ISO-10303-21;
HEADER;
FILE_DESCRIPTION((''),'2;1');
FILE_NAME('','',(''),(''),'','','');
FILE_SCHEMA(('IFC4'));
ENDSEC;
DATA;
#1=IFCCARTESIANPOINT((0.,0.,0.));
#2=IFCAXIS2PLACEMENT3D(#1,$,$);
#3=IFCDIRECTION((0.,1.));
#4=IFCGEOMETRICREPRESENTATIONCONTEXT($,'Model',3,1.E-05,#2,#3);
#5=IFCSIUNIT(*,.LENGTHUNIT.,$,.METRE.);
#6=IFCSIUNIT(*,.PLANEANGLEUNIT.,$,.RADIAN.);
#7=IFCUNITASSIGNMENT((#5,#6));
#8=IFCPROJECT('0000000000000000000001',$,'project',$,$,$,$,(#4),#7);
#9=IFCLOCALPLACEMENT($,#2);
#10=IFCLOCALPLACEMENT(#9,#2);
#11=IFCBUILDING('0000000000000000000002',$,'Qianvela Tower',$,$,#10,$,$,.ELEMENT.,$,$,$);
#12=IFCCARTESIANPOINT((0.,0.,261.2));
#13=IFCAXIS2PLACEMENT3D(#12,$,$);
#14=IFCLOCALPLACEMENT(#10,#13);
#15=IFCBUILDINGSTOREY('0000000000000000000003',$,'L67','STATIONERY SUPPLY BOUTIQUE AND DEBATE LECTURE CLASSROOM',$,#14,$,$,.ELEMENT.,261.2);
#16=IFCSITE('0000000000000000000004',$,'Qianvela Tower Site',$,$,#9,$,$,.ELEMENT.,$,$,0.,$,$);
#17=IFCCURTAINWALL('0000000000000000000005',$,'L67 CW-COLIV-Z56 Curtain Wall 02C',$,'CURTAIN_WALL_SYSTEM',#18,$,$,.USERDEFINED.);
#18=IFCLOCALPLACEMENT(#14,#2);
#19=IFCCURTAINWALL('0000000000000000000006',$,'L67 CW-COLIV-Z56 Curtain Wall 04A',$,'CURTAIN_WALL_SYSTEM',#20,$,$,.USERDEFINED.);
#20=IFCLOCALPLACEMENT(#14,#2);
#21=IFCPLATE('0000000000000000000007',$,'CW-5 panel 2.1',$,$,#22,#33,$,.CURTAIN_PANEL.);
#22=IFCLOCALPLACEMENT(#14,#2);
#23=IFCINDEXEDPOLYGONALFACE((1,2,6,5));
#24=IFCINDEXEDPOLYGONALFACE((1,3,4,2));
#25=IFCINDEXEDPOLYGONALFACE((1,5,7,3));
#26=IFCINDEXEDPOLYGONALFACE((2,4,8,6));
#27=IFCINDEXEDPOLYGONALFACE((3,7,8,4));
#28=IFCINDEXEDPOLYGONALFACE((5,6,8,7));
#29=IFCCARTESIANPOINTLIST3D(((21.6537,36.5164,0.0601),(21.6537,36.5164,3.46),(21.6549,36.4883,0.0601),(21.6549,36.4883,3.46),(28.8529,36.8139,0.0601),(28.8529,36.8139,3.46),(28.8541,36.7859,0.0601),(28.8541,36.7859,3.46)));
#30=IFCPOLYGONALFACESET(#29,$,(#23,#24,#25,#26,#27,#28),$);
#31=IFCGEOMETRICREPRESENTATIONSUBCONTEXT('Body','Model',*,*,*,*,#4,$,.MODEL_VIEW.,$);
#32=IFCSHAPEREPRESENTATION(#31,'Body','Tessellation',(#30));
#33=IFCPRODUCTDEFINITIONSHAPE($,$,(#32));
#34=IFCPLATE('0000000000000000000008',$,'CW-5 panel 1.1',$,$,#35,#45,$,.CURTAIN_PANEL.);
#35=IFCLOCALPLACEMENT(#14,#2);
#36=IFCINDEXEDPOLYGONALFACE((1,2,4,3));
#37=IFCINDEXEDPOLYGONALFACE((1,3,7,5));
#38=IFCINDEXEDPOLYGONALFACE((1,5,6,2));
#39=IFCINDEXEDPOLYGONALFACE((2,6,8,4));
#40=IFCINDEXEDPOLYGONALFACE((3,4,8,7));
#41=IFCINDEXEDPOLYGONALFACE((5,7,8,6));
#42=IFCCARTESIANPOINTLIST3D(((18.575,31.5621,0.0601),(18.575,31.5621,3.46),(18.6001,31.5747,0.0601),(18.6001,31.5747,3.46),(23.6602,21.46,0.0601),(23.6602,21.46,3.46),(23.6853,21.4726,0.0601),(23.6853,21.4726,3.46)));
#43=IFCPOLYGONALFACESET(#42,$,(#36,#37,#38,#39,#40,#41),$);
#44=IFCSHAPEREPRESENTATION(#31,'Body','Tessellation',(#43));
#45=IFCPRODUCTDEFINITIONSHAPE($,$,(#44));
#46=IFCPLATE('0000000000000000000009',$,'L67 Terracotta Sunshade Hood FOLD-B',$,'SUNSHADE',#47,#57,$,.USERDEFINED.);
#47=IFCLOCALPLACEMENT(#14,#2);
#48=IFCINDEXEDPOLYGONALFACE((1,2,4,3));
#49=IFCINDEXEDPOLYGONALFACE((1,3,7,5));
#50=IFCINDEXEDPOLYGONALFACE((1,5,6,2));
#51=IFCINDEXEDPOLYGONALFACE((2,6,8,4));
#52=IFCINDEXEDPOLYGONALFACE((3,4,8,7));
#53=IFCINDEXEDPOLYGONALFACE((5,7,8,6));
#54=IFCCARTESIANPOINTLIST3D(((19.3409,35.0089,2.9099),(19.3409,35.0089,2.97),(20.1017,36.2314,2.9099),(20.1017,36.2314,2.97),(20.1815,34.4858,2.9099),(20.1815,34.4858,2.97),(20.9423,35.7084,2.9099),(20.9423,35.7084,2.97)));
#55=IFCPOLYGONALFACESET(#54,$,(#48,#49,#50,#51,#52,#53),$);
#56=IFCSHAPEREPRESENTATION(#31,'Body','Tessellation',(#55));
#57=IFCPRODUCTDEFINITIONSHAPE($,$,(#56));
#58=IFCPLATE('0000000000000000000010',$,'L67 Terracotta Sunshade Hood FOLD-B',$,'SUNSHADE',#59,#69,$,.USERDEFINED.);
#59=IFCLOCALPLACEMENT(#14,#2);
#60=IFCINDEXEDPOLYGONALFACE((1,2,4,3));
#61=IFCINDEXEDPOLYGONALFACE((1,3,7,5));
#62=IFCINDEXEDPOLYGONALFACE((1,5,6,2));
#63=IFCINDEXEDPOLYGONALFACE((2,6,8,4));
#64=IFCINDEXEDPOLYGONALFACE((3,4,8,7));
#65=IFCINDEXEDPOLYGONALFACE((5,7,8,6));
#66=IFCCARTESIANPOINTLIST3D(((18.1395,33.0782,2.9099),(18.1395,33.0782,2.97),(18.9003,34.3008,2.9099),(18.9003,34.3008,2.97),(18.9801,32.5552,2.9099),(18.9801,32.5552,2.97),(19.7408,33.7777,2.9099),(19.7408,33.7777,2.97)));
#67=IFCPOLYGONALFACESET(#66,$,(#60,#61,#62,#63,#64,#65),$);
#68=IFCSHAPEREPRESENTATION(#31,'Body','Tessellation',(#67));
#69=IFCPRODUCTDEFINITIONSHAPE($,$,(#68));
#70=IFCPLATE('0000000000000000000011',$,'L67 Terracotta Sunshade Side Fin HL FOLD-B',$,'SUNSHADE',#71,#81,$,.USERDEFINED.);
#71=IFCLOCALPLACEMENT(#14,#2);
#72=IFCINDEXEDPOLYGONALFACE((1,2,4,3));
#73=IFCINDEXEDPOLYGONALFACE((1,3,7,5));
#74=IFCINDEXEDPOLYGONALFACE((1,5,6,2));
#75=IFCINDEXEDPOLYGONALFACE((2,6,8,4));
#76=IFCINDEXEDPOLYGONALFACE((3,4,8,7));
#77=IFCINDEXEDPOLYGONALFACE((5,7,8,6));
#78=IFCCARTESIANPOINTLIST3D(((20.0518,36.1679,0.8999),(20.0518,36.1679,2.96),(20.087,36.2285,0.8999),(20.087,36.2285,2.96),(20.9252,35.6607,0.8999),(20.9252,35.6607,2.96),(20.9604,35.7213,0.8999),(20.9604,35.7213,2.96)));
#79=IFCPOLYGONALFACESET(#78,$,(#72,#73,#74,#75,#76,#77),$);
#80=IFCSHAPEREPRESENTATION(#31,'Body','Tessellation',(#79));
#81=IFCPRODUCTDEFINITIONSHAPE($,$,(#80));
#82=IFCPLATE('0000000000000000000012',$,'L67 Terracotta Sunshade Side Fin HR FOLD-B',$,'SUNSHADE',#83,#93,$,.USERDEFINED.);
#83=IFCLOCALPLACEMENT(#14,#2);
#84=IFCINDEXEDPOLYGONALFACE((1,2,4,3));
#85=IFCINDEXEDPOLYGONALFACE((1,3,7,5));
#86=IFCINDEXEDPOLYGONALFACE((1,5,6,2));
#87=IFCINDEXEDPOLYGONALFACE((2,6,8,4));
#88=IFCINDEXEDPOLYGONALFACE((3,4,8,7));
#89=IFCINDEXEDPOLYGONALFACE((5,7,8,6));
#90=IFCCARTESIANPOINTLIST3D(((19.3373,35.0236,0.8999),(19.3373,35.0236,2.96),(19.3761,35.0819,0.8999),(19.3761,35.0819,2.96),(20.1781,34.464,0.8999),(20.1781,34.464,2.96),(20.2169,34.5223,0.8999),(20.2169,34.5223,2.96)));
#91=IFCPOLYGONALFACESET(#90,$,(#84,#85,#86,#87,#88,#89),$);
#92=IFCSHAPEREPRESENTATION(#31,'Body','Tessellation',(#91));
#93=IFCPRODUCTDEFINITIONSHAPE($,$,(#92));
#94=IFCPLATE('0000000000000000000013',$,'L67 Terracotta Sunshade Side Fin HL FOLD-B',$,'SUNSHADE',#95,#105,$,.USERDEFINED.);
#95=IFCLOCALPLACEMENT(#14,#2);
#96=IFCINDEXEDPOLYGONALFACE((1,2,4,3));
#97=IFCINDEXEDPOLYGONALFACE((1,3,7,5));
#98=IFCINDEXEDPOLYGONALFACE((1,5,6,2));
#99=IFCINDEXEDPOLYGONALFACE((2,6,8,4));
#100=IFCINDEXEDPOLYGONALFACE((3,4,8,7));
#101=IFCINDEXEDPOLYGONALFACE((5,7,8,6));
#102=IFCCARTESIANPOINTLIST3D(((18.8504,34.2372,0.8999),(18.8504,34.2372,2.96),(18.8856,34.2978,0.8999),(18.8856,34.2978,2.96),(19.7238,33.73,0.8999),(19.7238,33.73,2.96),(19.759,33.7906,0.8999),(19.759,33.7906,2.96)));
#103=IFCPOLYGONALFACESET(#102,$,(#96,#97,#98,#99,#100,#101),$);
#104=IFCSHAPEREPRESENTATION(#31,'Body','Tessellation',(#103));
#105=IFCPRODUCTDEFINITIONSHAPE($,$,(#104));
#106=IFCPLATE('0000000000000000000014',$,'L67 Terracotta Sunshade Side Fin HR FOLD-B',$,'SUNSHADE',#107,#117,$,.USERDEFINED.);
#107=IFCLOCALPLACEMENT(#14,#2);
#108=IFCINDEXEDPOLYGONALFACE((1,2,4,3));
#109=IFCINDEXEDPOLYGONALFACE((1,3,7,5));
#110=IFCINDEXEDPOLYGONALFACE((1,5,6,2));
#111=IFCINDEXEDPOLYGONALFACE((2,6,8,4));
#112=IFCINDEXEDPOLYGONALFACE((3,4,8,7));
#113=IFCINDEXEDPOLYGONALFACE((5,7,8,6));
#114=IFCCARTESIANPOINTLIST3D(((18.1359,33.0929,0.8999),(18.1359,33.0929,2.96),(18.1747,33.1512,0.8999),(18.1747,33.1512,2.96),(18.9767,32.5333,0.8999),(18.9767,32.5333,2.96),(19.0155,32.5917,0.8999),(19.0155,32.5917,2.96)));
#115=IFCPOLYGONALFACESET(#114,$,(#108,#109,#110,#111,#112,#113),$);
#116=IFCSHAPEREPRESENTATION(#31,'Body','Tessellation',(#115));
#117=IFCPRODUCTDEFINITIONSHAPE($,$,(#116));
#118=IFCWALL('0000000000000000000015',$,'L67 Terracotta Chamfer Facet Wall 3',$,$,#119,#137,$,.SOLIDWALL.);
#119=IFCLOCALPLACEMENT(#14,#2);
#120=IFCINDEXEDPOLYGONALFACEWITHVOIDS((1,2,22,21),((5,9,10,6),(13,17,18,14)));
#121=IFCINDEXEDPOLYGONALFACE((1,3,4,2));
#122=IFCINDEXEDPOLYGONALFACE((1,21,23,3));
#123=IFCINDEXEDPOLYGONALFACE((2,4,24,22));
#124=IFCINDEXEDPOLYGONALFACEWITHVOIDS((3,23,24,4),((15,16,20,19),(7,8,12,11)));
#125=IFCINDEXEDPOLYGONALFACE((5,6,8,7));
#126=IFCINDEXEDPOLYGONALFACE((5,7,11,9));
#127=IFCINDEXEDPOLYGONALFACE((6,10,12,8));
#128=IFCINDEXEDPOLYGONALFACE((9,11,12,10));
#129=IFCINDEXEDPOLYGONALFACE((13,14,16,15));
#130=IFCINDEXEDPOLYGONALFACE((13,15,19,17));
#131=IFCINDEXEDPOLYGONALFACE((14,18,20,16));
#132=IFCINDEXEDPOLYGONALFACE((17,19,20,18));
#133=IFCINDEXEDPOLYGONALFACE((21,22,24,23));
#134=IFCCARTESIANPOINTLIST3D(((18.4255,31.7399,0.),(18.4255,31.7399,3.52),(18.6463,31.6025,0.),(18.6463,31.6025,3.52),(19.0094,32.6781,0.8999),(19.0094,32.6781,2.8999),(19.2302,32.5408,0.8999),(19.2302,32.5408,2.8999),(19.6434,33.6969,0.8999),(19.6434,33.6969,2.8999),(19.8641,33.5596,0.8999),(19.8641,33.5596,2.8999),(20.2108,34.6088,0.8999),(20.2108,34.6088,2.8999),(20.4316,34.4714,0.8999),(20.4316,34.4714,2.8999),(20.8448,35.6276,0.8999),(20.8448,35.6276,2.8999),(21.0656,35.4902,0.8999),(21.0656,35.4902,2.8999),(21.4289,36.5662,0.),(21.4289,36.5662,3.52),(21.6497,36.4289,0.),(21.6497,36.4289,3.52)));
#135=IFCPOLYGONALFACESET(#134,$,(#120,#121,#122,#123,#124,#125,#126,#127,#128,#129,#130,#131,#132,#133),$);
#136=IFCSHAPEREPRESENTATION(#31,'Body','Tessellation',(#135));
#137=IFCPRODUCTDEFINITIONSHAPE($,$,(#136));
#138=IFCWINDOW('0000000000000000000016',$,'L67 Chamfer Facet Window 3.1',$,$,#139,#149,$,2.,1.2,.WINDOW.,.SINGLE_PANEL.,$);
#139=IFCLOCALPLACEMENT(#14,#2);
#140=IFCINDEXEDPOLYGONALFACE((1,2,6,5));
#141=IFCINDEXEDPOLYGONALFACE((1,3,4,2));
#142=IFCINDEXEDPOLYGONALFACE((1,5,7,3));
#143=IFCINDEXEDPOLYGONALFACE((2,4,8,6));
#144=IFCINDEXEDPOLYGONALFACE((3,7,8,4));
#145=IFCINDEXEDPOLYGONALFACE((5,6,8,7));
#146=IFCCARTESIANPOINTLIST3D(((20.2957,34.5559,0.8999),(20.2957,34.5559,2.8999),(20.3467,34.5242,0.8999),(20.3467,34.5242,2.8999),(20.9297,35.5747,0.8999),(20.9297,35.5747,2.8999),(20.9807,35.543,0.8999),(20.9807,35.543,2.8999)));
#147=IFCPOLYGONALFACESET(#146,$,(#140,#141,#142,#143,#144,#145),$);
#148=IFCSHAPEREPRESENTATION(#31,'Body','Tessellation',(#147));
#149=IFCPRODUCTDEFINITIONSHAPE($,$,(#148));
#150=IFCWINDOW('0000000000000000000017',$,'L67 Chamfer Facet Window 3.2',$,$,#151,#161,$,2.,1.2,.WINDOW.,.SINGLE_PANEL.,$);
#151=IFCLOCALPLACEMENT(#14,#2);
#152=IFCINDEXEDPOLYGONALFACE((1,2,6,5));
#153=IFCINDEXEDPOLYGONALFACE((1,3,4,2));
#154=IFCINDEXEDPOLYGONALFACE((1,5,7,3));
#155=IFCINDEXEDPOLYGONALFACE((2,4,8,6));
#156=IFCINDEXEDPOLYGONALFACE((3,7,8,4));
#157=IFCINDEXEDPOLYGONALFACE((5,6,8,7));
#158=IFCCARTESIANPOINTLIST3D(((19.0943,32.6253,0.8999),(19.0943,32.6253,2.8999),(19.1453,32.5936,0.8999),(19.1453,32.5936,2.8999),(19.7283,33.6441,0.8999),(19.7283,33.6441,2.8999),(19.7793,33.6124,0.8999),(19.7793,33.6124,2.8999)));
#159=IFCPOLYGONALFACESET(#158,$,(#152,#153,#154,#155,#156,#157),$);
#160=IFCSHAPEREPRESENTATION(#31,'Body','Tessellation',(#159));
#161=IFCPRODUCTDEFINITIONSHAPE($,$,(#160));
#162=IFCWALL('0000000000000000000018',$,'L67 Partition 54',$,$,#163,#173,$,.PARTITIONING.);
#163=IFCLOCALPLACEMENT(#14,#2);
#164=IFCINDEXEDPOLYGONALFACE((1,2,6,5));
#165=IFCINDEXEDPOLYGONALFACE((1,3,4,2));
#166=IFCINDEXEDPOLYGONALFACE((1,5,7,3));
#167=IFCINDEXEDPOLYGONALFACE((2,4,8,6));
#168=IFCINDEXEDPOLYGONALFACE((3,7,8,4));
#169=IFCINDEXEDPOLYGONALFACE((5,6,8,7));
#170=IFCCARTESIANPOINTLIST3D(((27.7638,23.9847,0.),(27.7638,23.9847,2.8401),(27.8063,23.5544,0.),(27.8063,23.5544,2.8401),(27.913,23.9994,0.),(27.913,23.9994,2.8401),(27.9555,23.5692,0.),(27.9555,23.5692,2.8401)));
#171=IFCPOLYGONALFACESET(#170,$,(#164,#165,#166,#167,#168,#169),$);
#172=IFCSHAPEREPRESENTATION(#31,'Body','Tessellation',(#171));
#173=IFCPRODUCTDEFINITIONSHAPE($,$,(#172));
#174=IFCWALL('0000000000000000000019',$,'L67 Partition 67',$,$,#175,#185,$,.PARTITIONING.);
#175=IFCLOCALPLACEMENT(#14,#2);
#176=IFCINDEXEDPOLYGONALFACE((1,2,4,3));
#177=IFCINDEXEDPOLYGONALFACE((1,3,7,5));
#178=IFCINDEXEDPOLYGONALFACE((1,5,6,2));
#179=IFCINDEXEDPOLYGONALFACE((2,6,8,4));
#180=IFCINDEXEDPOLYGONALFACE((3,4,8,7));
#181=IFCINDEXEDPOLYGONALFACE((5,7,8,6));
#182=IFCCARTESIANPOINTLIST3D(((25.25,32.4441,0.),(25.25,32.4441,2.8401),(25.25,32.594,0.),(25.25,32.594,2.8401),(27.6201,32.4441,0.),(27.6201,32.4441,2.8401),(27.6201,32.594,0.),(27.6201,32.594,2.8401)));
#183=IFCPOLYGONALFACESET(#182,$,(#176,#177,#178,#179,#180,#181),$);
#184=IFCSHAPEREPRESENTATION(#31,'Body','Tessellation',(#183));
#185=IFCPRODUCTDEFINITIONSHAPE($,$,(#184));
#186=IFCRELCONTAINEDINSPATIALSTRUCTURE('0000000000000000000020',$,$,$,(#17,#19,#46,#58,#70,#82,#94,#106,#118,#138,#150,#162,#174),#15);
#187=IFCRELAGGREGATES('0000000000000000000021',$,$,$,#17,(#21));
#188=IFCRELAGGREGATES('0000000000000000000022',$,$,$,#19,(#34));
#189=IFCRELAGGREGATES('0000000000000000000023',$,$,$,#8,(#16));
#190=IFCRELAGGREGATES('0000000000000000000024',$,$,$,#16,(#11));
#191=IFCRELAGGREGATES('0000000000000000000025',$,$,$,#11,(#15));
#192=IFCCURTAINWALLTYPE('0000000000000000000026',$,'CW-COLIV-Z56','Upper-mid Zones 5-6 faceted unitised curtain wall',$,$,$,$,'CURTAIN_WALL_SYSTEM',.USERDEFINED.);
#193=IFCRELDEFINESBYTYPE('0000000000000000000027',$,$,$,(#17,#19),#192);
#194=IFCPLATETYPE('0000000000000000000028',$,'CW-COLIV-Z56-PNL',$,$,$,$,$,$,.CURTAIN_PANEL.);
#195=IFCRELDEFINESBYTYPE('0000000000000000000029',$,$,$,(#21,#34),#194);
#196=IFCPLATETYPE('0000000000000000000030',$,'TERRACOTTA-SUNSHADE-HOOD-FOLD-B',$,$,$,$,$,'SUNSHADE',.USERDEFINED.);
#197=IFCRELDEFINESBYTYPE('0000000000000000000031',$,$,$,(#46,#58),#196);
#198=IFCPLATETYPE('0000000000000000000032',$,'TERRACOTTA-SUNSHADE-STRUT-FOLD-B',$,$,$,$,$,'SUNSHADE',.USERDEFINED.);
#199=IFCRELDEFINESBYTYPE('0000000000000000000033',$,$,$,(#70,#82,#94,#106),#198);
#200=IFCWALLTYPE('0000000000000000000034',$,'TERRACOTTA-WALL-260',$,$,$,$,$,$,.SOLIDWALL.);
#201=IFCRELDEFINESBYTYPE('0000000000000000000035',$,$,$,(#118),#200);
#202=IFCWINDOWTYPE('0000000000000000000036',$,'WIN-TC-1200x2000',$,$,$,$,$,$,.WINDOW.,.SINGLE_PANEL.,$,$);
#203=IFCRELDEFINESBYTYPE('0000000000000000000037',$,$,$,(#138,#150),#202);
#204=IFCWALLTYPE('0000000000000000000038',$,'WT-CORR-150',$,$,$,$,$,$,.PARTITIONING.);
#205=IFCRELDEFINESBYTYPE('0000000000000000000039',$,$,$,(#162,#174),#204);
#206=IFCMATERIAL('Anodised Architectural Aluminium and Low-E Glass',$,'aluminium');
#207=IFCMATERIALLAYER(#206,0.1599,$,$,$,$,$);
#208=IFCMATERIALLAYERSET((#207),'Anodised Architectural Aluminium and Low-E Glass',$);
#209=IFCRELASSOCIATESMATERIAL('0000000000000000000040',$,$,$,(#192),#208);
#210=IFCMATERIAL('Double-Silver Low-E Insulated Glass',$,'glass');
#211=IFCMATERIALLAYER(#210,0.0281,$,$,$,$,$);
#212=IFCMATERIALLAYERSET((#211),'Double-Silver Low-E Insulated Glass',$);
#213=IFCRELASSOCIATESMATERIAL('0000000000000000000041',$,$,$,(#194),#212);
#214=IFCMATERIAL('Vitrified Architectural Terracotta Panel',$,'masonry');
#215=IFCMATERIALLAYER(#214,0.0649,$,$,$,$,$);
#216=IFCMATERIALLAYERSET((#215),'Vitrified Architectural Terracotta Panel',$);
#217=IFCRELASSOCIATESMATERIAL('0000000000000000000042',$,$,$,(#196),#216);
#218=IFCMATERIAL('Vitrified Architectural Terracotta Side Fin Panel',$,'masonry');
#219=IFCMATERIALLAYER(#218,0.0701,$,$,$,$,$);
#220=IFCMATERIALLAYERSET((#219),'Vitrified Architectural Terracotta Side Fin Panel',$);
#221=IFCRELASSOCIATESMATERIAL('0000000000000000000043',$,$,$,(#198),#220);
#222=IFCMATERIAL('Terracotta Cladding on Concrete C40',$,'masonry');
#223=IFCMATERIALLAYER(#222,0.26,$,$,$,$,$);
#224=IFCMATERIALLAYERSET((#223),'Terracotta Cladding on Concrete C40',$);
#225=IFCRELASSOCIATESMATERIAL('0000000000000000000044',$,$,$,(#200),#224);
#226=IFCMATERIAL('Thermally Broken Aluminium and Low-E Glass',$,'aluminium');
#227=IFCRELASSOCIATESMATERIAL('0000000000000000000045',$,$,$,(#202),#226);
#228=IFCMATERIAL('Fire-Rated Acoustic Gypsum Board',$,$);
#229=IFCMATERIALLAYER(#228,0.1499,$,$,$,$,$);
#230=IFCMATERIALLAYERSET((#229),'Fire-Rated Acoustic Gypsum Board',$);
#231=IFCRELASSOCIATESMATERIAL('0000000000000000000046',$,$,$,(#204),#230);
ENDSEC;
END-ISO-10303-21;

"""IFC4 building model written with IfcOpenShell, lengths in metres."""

from ifc_helpers import new_model, si_unit, direction, frame, frame_2d, origin, origin_2d, place, context, subcontext, project, spatial, rectangle, extrude, material, layer, layer_set, type_object, element, fill, aggregate, save


model = new_model("IFC4")

# Units and contexts
model_context = context("Model", 3, precision=1e-05, world=origin(), true_north=direction((0.0, 1.0)))
body_context = subcontext(model_context, "Body", "Model", "MODEL_VIEW")
ifc_project = project(units=[si_unit("LENGTHUNIT", "METRE"), si_unit("PLANEANGLEUNIT", "RADIAN")], contexts=[model_context])

# Site, building, storey
site_placement = place(None, origin())
site = spatial("IfcSite", under=ifc_project, at=site_placement, Name="Qianvela Tower Site", CompositionType="ELEMENT", RefElevation=0.0)
building_placement = place(site_placement, origin())
building = spatial("IfcBuilding", under=site, at=building_placement, Name="Qianvela Tower", CompositionType="ELEMENT")
storey_placement = place(building_placement, frame((0.0, 0.0, 261.2)))
storey = spatial("IfcBuildingStorey", under=building, at=storey_placement, Name="L67", Description="STATIONERY SUPPLY BOUTIQUE AND DEBATE LECTURE CLASSROOM", CompositionType="ELEMENT", Elevation=261.2)

# Curtain wall
ifc_material_1 = material(Name="Anodised Architectural Aluminium and Low-E Glass", Category="aluminium")
ifc_layer_1 = layer(ifc_material_1, 0.1599)
ifc_layer_set_1 = layer_set([ifc_layer_1], Name="Anodised Architectural Aluminium and Low-E Glass")
curtain_wall_type = type_object("IfcCurtainWallType", Name="CW-COLIV-Z56", Description="Upper-mid Zones 5-6 faceted unitised curtain wall", ElementType="CURTAIN_WALL_SYSTEM", PredefinedType="USERDEFINED", material=ifc_layer_set_1)
curtain_wall_1_placement = place(storey_placement, origin())
curtain_wall_1 = element("IfcCurtainWall", 1, at=curtain_wall_1_placement, inside=storey, type_object=curtain_wall_type, Name="L67 CW-COLIV-Z56 Curtain Wall 02C", ObjectType="CURTAIN_WALL_SYSTEM", PredefinedType="USERDEFINED")

# Curtain wall
curtain_wall_2_placement = place(storey_placement, origin())
curtain_wall_2 = element("IfcCurtainWall", 2, at=curtain_wall_2_placement, inside=storey, type_object=curtain_wall_type, Name="L67 CW-COLIV-Z56 Curtain Wall 04A", ObjectType="CURTAIN_WALL_SYSTEM", PredefinedType="USERDEFINED")

# Plates
ifc_material_2 = material(Name="Double-Silver Low-E Insulated Glass", Category="glass")
ifc_layer_2 = layer(ifc_material_2, 0.0281)
ifc_layer_set_2 = layer_set([ifc_layer_2], Name="Double-Silver Low-E Insulated Glass")
plate_type_1 = type_object("IfcPlateType", Name="CW-COLIV-Z56-PNL", PredefinedType="CURTAIN_PANEL", material=ifc_layer_set_2)
plate_1_placement = place(storey_placement, frame((25.2539, 36.6511, 0.0601), z_axis=(0.0, 0.0, 1.0), x_axis=(-0.999147, -0.0413, 0.0)))
plate_1 = element("IfcPlate", 3, at=plate_1_placement, type_object=plate_type_1, Name="CW-5 panel 2.1", PredefinedType="CURTAIN_PANEL", context=body_context, shape_type="SweptSolid", body=[
    extrude(rectangle(XDim=7.2053, YDim=0.0281, at=origin_2d()), origin(), (0.0, 0.0, 1.0), 3.3999),
])
aggregate(curtain_wall_1, [plate_1])
plate_2_placement = place(storey_placement, frame((21.1301, 26.5173, 0.0601), z_axis=(0.0, 0.0, 1.0), x_axis=(0.449628, -0.893216, 0.0)))
plate_2 = element("IfcPlate", 4, at=plate_2_placement, type_object=plate_type_1, Name="CW-5 panel 1.1", PredefinedType="CURTAIN_PANEL", context=body_context, shape_type="SweptSolid", body=[
    extrude(rectangle(XDim=11.3098, YDim=0.0281, at=origin_2d()), origin(), (0.0, 0.0, 1.0), 3.3999),
])
aggregate(curtain_wall_2, [plate_2])

# Plates
ifc_material_3 = material(Name="Vitrified Architectural Terracotta Panel", Category="masonry")
ifc_layer_3 = layer(ifc_material_3, 0.0649)
ifc_layer_set_3 = layer_set([ifc_layer_3], Name="Vitrified Architectural Terracotta Panel")
plate_type_2 = type_object("IfcPlateType", Name="TERRACOTTA-SUNSHADE-HOOD-FOLD-B", ElementType="SUNSHADE", PredefinedType="USERDEFINED", material=ifc_layer_set_3)
for number, where, z_axis, x_axis, name in (
    (5, (20.1416, 35.3586, 2.9099), (0.0, 0.0, 1.0), (-0.528345, -0.84903, 0.0), "L67 Terracotta Sunshade Hood FOLD-B"),
    (6, (18.9402, 33.428, 2.9099), (0.0, 0.0, 1.0), (-0.528345, -0.84903, 0.0), "L67 Terracotta Sunshade Hood FOLD-B"),
):
    element("IfcPlate", number, at=place(storey_placement, frame(where, z_axis=z_axis, x_axis=x_axis)), inside=storey, type_object=plate_type_2, Name=name, ObjectType="SUNSHADE", PredefinedType="USERDEFINED", context=body_context, shape_type="SweptSolid", body=[
        extrude(rectangle(XDim=1.4399, YDim=0.99, at=origin_2d()), origin(), (0.0, 0.0, 1.0), 0.0601),
    ])
ifc_material_4 = material(Name="Vitrified Architectural Terracotta Side Fin Panel", Category="masonry")
ifc_layer_4 = layer(ifc_material_4, 0.0701)
ifc_layer_set_4 = layer_set([ifc_layer_4], Name="Vitrified Architectural Terracotta Side Fin Panel")
plate_type_3 = type_object("IfcPlateType", Name="TERRACOTTA-SUNSHADE-STRUT-FOLD-B", ElementType="SUNSHADE", PredefinedType="USERDEFINED", material=ifc_layer_set_4)
for number, where, z_axis, x_axis, name in (
    (7, (20.5061, 35.9446, 0.8999), (0.0, 0.0, 1.0), (-0.50217, -0.864769, 0.0), "L67 Terracotta Sunshade Side Fin HL FOLD-B"),
    (8, (19.7771, 34.7729, 0.8999), (0.0, 0.0, 1.0), (-0.554027, -0.832499, 0.0), "L67 Terracotta Sunshade Side Fin HR FOLD-B"),
    (9, (19.3047, 34.0139, 0.8999), (0.0, 0.0, 1.0), (-0.50217, -0.864769, 0.0), "L67 Terracotta Sunshade Side Fin HL FOLD-B"),
    (10, (18.5757, 32.8423, 0.8999), (0.0, 0.0, 1.0), (-0.554027, -0.832499, 0.0), "L67 Terracotta Sunshade Side Fin HR FOLD-B"),
):
    element("IfcPlate", number, at=place(storey_placement, frame(where, z_axis=z_axis, x_axis=x_axis)), inside=storey, type_object=plate_type_3, Name=name, ObjectType="SUNSHADE", PredefinedType="USERDEFINED", context=body_context, shape_type="SweptSolid", body=[
        extrude(rectangle(XDim=0.0701, YDim=1.01, at=origin_2d()), origin(), (0.0, 0.0, 1.0), 2.0601),
    ])

# Wall, openings, windows
ifc_material_5 = material(Name="Terracotta Cladding on Concrete C40", Category="masonry")
ifc_layer_5 = layer(ifc_material_5, 0.26)
ifc_layer_set_5 = layer_set([ifc_layer_5], Name="Terracotta Cladding on Concrete C40")
wall_type_1 = type_object("IfcWallType", Name="TERRACOTTA-WALL-260", PredefinedType="SOLIDWALL", material=ifc_layer_set_5)
wall_1_placement = place(storey_placement, frame((21.5393, 36.4976, 0.0), z_axis=(0.0, 0.0, 1.0), x_axis=(-0.528342, -0.849032, 0.0)))
wall_1 = element("IfcWall", 11, at=wall_1_placement, inside=storey, type_object=wall_type_1, Name="L67 Terracotta Chamfer Facet Wall 3", PredefinedType="SOLIDWALL", context=body_context, shape_type="SweptSolid", body=[
    extrude(rectangle(XDim=5.6846, YDim=0.26, at=frame_2d((2.8423, 0.0))), origin(), (0.0, 0.0, 1.0), 3.52),
])
opening_1_placement = place(wall_1_placement, frame((1.1055, 0.0, 0.8999)))
opening_1 = element("IfcOpeningElement", 12, at=opening_1_placement, cuts=wall_1, PredefinedType="OPENING", context=body_context, shape_type="SweptSolid", body=[
    extrude(rectangle(XDim=1.2, YDim=2.0, at=frame_2d((0.6001, 1.0))), frame((0.0, 0.1399, 0.0), z_axis=(0.0, -1.0, 0.0), x_axis=(1.0, 0.0, 0.0)), (0.0, 0.0, 1.0), 0.28),
])
opening_2_placement = place(wall_1_placement, frame((3.3794, 0.0, 0.8999)))
opening_2 = element("IfcOpeningElement", 13, at=opening_2_placement, cuts=wall_1, PredefinedType="OPENING", context=body_context, shape_type="SweptSolid", body=[
    extrude(rectangle(XDim=1.2, YDim=2.0, at=frame_2d((0.6001, 1.0))), frame((0.0, 0.1399, 0.0), z_axis=(0.0, -1.0, 0.0), x_axis=(1.0, 0.0, 0.0)), (0.0, 0.0, 1.0), 0.28),
])
ifc_material_6 = material(Name="Thermally Broken Aluminium and Low-E Glass", Category="aluminium")
window_type = type_object("IfcWindowType", Name="WIN-TC-1200x2000", PartitioningType="SINGLE_PANEL", PredefinedType="WINDOW", material=ifc_material_6)
window_1_placement = place(opening_1_placement, origin())
window_1 = element("IfcWindow", 14, at=window_1_placement, inside=storey, type_object=window_type, Name="L67 Chamfer Facet Window 3.1", OverallHeight=2.0, OverallWidth=1.2, PartitioningType="SINGLE_PANEL", PredefinedType="WINDOW", context=body_context, shape_type="SweptSolid", body=[
    extrude(rectangle(XDim=1.2, YDim=2.0, at=frame_2d((0.6001, 1.0))), frame((0.0, 0.03, 0.0), z_axis=(0.0, -1.0, 0.0), x_axis=(1.0, 0.0, 0.0)), (0.0, 0.0, 1.0), 0.0601),
])
fill(opening_1, window_1)
window_2_placement = place(opening_2_placement, origin())
window_2 = element("IfcWindow", 15, at=window_2_placement, inside=storey, type_object=window_type, Name="L67 Chamfer Facet Window 3.2", OverallHeight=2.0, OverallWidth=1.2, PartitioningType="SINGLE_PANEL", PredefinedType="WINDOW", context=body_context, shape_type="SweptSolid", body=[
    extrude(rectangle(XDim=1.2, YDim=2.0, at=frame_2d((0.6001, 1.0))), frame((0.0, 0.03, 0.0), z_axis=(0.0, -1.0, 0.0), x_axis=(1.0, 0.0, 0.0)), (0.0, 0.0, 1.0), 0.0601),
])
fill(opening_2, window_2)

# Walls
ifc_material_7 = material(Name="Fire-Rated Acoustic Gypsum Board")
ifc_layer_6 = layer(ifc_material_7, 0.1499)
ifc_layer_set_6 = layer_set([ifc_layer_6], Name="Fire-Rated Acoustic Gypsum Board")
wall_type_2 = type_object("IfcWallType", Name="WT-CORR-150", PredefinedType="PARTITIONING", material=ifc_layer_set_6)
wall_2_placement = place(storey_placement, frame((27.8384, 23.9922, 0.0), z_axis=(0.0, 0.0, 1.0), x_axis=(0.098273, -0.995159, 0.0)))
element("IfcWall", 16, at=wall_2_placement, inside=storey, type_object=wall_type_2, Name="L67 Partition 54", PredefinedType="PARTITIONING", context=body_context, shape_type="SweptSolid", body=[
    extrude(rectangle(XDim=0.4324, YDim=0.1499, at=frame_2d((0.2163, 0.0))), origin(), (0.0, 0.0, 1.0), 2.8401),
])
wall_3_placement = place(storey_placement, frame((25.25, 32.519, 0.0), z_axis=(0.0, 0.0, 1.0), x_axis=(1.0, 0.0, 0.0)))
element("IfcWall", 17, at=wall_3_placement, inside=storey, type_object=wall_type_2, Name="L67 Partition 67", PredefinedType="PARTITIONING", context=body_context, shape_type="SweptSolid", body=[
    extrude(rectangle(XDim=2.3701, YDim=0.1499, at=frame_2d((1.1851, 0.0))), origin(), (0.0, 0.0, 1.0), 2.8401),
])

save(model, "model.ifc")
